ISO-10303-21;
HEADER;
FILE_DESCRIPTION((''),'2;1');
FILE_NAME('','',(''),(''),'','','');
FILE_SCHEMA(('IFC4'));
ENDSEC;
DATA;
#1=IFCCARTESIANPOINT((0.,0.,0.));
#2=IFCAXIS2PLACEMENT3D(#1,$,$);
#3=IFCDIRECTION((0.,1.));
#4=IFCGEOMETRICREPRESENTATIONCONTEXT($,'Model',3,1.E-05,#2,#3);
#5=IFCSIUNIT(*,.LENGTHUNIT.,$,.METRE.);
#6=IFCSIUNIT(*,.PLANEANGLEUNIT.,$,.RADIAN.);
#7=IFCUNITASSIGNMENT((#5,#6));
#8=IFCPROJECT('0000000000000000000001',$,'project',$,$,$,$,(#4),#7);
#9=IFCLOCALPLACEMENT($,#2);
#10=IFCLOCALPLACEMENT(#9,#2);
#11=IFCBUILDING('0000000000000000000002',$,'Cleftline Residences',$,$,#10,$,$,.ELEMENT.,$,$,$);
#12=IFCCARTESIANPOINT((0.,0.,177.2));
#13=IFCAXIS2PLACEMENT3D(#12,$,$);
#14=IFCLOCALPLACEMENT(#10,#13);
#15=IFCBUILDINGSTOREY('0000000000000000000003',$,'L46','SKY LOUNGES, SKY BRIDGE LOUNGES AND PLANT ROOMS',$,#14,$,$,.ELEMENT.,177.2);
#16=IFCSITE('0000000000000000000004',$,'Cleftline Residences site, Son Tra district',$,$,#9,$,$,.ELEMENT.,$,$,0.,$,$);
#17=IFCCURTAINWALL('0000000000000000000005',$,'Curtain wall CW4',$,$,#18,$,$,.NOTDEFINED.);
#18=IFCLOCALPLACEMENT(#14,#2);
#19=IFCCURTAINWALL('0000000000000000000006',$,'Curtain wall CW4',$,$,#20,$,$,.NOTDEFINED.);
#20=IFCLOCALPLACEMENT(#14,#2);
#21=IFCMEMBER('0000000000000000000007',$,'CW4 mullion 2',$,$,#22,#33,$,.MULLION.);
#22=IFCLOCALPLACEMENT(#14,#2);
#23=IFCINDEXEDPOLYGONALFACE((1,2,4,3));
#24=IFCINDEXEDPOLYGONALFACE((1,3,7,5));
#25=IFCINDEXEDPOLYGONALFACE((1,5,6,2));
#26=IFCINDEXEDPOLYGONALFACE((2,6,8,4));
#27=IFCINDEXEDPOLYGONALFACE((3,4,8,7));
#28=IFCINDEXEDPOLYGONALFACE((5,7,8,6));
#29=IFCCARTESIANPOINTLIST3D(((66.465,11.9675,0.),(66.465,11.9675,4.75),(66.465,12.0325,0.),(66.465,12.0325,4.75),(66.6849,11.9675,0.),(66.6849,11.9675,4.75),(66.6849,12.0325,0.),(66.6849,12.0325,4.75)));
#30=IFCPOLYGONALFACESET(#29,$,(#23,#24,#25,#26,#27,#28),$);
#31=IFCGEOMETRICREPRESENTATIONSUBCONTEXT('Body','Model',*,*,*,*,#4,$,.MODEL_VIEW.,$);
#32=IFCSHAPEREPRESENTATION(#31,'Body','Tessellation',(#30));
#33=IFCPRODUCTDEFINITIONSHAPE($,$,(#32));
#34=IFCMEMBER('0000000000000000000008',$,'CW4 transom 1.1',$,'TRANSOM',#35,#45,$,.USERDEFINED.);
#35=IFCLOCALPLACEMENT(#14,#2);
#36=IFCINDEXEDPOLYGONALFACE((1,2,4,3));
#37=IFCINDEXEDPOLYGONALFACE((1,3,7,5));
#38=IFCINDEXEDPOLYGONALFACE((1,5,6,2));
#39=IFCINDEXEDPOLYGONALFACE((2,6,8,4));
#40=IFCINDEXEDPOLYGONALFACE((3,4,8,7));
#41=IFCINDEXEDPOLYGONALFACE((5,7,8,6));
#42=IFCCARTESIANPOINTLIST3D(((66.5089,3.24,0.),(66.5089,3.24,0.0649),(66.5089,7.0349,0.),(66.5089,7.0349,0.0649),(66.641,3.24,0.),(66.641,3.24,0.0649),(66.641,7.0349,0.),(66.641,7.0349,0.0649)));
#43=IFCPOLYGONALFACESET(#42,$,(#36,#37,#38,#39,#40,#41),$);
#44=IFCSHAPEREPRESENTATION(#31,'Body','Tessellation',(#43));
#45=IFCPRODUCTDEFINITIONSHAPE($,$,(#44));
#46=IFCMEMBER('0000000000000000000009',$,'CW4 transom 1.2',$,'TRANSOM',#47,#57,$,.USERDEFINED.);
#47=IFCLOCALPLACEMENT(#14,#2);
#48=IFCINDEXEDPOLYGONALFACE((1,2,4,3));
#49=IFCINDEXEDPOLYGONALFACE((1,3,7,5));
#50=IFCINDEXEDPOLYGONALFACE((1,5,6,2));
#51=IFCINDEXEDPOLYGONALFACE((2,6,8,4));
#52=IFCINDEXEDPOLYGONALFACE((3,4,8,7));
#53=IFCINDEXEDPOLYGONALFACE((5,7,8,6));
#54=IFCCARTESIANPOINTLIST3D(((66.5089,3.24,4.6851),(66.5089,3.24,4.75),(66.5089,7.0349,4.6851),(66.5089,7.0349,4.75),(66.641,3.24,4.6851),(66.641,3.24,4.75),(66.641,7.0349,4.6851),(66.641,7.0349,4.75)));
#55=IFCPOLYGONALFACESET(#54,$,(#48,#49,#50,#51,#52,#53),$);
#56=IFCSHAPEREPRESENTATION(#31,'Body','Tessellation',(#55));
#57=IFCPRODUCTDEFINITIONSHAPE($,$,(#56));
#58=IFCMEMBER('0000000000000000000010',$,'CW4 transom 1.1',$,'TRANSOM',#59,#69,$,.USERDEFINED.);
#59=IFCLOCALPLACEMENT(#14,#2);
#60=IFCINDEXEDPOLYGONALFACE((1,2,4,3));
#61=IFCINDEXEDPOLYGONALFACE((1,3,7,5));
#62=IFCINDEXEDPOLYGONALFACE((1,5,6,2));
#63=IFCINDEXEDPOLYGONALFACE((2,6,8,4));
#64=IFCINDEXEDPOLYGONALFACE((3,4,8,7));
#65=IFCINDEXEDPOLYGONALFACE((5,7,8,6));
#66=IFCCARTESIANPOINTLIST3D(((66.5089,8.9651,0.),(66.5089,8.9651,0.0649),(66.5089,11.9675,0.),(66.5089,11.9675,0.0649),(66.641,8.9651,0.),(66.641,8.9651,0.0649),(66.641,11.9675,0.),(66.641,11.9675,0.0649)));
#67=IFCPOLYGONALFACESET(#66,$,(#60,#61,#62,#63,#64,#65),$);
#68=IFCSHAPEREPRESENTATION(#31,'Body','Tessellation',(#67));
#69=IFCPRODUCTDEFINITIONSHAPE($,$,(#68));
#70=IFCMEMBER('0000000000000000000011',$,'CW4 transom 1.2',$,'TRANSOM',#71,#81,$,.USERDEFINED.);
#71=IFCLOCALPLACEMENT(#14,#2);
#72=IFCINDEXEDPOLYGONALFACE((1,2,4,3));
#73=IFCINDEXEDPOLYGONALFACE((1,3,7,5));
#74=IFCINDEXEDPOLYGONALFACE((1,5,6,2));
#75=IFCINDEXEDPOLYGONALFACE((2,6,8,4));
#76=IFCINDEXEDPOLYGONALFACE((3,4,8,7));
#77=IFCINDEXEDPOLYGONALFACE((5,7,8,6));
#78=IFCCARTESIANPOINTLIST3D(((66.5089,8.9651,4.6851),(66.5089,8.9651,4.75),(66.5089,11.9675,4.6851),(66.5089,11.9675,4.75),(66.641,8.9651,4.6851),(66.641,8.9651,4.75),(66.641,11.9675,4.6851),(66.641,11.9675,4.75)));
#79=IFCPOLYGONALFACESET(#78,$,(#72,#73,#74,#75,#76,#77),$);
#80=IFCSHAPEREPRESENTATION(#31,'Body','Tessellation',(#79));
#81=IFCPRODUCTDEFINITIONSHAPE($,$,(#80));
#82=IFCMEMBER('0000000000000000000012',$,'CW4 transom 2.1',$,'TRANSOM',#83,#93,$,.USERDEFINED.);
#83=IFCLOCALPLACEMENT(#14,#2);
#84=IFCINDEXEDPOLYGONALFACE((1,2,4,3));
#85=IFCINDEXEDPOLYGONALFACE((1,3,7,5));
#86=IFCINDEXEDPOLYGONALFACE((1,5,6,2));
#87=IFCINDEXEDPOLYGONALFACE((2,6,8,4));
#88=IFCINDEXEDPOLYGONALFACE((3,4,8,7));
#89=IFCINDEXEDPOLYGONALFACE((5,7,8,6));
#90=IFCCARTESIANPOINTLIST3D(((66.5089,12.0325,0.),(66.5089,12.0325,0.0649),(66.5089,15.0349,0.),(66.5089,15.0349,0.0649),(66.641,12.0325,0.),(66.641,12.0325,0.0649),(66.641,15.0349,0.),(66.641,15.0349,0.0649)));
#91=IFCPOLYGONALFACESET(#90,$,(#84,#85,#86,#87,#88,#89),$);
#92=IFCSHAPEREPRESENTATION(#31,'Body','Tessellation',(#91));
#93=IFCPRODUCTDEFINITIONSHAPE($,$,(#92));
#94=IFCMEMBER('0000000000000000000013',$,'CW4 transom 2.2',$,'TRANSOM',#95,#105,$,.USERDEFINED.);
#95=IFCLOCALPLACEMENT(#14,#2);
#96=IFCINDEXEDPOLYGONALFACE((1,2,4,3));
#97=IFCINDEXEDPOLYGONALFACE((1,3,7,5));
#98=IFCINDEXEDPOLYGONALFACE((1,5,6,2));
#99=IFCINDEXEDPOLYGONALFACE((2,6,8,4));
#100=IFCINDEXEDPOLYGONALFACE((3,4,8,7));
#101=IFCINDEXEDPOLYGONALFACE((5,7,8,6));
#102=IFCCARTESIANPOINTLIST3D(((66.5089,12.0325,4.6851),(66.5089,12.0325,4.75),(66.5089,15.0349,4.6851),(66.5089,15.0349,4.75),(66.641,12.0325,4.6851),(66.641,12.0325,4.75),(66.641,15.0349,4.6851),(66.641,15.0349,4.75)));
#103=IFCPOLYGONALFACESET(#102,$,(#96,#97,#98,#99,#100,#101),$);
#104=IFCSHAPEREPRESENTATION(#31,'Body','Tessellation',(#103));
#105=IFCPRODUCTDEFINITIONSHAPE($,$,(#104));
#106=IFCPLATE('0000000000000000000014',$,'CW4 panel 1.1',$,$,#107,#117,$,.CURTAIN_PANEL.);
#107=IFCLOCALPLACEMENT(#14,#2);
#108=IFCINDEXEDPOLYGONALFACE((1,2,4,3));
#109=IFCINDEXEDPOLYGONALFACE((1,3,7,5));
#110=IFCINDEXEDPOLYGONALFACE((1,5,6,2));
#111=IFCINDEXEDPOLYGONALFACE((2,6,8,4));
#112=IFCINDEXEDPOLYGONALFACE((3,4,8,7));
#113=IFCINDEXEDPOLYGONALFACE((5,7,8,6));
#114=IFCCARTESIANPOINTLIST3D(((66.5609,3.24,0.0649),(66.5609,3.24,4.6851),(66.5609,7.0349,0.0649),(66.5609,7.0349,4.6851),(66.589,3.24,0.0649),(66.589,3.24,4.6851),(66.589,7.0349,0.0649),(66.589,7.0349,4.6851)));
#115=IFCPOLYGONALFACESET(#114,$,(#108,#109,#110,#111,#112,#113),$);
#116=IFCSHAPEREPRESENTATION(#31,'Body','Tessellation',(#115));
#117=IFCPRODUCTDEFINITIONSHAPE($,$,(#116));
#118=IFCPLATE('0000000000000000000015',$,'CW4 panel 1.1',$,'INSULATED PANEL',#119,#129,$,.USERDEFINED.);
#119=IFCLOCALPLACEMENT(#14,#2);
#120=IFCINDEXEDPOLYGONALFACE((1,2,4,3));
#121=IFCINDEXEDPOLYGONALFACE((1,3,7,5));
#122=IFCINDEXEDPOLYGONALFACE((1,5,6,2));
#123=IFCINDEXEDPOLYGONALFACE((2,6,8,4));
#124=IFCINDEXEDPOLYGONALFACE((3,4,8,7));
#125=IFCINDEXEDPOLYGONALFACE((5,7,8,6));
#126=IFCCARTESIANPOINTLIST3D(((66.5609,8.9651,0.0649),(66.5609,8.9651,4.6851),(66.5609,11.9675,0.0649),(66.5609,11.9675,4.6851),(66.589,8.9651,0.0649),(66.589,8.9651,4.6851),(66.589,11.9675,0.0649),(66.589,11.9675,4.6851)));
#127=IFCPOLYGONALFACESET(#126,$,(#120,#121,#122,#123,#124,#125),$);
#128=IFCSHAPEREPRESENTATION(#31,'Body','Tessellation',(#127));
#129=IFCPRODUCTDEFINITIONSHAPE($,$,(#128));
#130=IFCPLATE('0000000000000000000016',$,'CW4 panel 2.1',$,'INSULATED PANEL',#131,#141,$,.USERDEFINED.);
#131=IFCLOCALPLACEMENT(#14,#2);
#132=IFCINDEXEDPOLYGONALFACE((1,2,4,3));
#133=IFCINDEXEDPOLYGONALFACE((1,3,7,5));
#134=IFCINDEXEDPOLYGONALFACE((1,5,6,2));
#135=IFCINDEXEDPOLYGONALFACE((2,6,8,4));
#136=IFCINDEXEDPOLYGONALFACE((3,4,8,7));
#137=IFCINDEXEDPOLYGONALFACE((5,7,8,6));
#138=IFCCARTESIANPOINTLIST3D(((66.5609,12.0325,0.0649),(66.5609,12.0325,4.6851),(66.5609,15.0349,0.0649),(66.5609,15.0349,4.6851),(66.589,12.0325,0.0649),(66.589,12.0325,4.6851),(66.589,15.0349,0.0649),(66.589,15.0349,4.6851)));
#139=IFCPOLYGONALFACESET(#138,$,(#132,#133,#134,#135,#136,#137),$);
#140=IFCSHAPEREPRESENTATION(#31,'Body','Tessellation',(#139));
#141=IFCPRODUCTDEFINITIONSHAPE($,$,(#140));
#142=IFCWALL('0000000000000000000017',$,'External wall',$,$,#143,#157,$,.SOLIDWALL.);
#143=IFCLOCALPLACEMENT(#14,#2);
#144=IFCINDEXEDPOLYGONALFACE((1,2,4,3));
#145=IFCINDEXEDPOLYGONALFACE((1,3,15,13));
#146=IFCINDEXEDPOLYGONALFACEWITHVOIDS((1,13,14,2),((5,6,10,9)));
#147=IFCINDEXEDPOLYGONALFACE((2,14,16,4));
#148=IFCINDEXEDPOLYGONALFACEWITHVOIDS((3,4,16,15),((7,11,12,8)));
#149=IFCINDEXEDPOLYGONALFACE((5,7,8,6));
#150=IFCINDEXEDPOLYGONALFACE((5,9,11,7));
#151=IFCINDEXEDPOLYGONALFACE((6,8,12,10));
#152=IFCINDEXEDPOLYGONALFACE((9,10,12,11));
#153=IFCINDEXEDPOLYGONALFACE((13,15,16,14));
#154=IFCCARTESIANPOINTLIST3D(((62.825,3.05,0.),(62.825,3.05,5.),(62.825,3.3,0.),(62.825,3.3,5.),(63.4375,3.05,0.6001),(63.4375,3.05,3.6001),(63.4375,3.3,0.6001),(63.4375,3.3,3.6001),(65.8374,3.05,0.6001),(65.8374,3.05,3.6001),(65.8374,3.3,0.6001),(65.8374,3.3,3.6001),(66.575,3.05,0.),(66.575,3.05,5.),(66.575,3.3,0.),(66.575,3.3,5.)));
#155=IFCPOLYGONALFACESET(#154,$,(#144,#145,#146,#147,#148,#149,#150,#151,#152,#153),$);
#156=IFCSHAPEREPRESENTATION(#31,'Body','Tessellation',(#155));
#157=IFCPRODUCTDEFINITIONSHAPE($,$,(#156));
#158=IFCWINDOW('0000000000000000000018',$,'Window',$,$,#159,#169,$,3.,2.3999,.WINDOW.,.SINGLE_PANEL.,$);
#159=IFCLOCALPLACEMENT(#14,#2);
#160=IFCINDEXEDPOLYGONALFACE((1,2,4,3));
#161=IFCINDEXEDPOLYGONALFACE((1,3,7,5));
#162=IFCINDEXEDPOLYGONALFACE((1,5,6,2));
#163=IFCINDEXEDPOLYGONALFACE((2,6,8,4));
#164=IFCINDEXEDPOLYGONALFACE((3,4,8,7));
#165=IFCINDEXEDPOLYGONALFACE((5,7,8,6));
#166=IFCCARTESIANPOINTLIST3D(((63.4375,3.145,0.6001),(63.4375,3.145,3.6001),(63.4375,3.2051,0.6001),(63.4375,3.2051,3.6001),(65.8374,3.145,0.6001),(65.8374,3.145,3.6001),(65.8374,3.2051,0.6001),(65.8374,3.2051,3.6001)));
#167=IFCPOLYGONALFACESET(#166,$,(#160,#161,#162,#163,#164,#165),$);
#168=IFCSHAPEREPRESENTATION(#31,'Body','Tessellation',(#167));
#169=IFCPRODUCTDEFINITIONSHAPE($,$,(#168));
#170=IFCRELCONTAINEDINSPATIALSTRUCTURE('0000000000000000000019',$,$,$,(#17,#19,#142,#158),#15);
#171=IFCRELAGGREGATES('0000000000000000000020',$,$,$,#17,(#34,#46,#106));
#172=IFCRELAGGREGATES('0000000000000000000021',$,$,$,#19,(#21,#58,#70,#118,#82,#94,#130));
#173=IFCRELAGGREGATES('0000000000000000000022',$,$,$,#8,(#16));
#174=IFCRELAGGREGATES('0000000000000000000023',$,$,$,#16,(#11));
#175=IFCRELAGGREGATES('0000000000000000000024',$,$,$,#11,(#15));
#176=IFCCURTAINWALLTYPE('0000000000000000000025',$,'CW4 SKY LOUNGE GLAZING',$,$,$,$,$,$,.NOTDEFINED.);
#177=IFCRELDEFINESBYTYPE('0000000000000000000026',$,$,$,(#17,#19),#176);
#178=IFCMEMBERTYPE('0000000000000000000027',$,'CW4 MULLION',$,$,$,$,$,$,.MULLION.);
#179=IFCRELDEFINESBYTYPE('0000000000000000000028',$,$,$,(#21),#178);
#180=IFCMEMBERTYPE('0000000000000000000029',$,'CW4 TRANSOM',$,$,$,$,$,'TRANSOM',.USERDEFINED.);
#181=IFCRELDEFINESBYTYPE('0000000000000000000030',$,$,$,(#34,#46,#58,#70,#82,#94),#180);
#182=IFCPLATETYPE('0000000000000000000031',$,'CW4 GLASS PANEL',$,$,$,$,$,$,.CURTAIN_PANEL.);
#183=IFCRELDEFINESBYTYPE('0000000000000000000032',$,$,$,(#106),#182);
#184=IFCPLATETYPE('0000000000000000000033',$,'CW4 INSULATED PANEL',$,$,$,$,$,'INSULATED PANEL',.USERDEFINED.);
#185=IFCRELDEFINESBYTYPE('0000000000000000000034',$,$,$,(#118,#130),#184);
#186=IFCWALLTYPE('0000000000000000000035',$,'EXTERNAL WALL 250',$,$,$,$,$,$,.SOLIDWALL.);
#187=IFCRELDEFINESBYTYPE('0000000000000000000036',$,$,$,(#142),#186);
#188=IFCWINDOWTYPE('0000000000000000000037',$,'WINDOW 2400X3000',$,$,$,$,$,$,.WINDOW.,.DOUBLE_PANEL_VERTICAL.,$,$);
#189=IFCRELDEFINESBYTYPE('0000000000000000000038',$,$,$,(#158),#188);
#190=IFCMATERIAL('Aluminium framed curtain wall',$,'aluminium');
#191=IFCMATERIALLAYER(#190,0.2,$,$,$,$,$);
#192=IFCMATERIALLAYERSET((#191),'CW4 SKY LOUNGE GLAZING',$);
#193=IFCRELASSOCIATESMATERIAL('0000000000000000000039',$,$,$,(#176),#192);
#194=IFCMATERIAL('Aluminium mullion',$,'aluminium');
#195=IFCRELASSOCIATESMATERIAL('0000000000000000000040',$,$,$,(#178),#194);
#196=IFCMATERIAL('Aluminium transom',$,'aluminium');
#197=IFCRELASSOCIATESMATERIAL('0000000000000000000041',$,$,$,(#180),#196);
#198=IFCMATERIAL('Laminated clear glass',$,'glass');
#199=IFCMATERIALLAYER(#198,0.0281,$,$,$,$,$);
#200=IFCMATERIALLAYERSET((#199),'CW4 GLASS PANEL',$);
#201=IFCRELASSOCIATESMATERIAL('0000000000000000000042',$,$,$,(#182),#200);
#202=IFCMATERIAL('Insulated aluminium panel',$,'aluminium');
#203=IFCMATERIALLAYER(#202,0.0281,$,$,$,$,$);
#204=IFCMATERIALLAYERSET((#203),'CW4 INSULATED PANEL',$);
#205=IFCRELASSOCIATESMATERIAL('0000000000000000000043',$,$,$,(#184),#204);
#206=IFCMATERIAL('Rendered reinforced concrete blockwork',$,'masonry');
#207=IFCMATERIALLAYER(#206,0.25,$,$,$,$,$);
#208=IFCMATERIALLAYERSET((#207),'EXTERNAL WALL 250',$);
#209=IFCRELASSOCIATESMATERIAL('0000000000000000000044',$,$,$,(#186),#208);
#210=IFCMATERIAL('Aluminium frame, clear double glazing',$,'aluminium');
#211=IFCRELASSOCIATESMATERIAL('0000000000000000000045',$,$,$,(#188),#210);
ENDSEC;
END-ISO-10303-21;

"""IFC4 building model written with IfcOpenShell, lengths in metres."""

from ifc_helpers import new_model, si_unit, direction, frame, frame_2d, origin, origin_2d, place, context, subcontext, project, spatial, rectangle, extrude, material, layer, layer_set, material_profile, profile_set, type_object, element, fill, aggregate, save


model = new_model("IFC4")

# Units and contexts
model_context = context("Model", 3, precision=1e-05, world=origin(), true_north=direction((0.0, 1.0)))
body_context = subcontext(model_context, "Body", "Model", "MODEL_VIEW")
ifc_project = project(units=[si_unit("LENGTHUNIT", "METRE"), si_unit("PLANEANGLEUNIT", "RADIAN")], contexts=[model_context])

# Site, building, storey
site_placement = place(None, origin())
site = spatial("IfcSite", under=ifc_project, at=site_placement, Name="Cleftline Residences site, Son Tra district", CompositionType="ELEMENT", RefElevation=0.0)
building_placement = place(site_placement, origin())
building = spatial("IfcBuilding", under=site, at=building_placement, Name="Cleftline Residences", CompositionType="ELEMENT")
storey_placement = place(building_placement, frame((0.0, 0.0, 177.2)))
storey = spatial("IfcBuildingStorey", under=building, at=storey_placement, Name="L46", Description="SKY LOUNGES, SKY BRIDGE LOUNGES AND PLANT ROOMS", CompositionType="ELEMENT", Elevation=177.2)

# Curtain walls, member
ifc_material_1 = material(Name="Aluminium framed curtain wall", Category="aluminium")
ifc_layer_1 = layer(ifc_material_1, 0.2)
ifc_layer_set_1 = layer_set([ifc_layer_1], Name="CW4 SKY LOUNGE GLAZING")
curtain_wall_type = type_object("IfcCurtainWallType", Name="CW4 SKY LOUNGE GLAZING", PredefinedType="NOTDEFINED", material=ifc_layer_set_1)
curtain_wall_1_placement = place(storey_placement, origin())
curtain_wall_1 = element("IfcCurtainWall", 1, at=curtain_wall_1_placement, inside=storey, type_object=curtain_wall_type, Name="Curtain wall CW4", PredefinedType="NOTDEFINED")
ifc_material_2 = material(Name="Aluminium mullion", Category="aluminium")
ifc_material_profile_1 = material_profile(ifc_material_2, rectangle(XDim=0.22, YDim=0.0649, at=origin_2d()))
ifc_profile_set_1 = profile_set([ifc_material_profile_1], Name="Aluminium mullion")
member_type_1 = type_object("IfcMemberType", Name="CW4 MULLION", PredefinedType="MULLION", material=ifc_profile_set_1)
curtain_wall_2_placement = place(storey_placement, origin())
curtain_wall_2 = element("IfcCurtainWall", 2, at=curtain_wall_2_placement, inside=storey, type_object=curtain_wall_type, Name="Curtain wall CW4", PredefinedType="NOTDEFINED")
member_1_placement = place(storey_placement, frame((66.575, 12.0, 0.0), z_axis=(0.0, 0.0, 1.0), x_axis=(-1.0, 0.0, 0.0)))
member_1 = element("IfcMember", 3, at=member_1_placement, type_object=member_type_1, Name="CW4 mullion 2", PredefinedType="MULLION", context=body_context, shape_type="SweptSolid", body=[
    extrude(rectangle(XDim=0.22, YDim=0.0649, at=origin_2d()), origin(), (0.0, 0.0, 1.0), 4.75),
])

# Members
ifc_material_3 = material(Name="Aluminium transom", Category="aluminium")
ifc_material_profile_2 = material_profile(ifc_material_3, rectangle(XDim=0.1321, YDim=0.0649, at=origin_2d()))
ifc_profile_set_2 = profile_set([ifc_material_profile_2], Name="Aluminium transom")
member_type_2 = type_object("IfcMemberType", Name="CW4 TRANSOM", ElementType="TRANSOM", PredefinedType="USERDEFINED", material=ifc_profile_set_2)
member_2_placement = place(storey_placement, frame((66.575, 3.24, 0.0325), z_axis=(0.0, 1.0, 0.0), x_axis=(-1.0, 0.0, 0.0)))
member_2 = element("IfcMember", 4, at=member_2_placement, type_object=member_type_2, Name="CW4 transom 1.1", ObjectType="TRANSOM", PredefinedType="USERDEFINED", context=body_context, shape_type="SweptSolid", body=[
    extrude(rectangle(XDim=0.1321, YDim=0.0649, at=origin_2d()), origin(), (0.0, 0.0, 1.0), 3.7949),
])
member_3_placement = place(storey_placement, frame((66.575, 3.24, 4.7175), z_axis=(0.0, 1.0, 0.0), x_axis=(-1.0, 0.0, 0.0)))
member_3 = element("IfcMember", 5, at=member_3_placement, type_object=member_type_2, Name="CW4 transom 1.2", ObjectType="TRANSOM", PredefinedType="USERDEFINED", context=body_context, shape_type="SweptSolid", body=[
    extrude(rectangle(XDim=0.1321, YDim=0.0649, at=origin_2d()), origin(), (0.0, 0.0, 1.0), 3.7949),
])
member_4_placement = place(storey_placement, frame((66.575, 8.9651, 0.0325), z_axis=(0.0, 1.0, 0.0), x_axis=(-1.0, 0.0, 0.0)))
member_4 = element("IfcMember", 6, at=member_4_placement, type_object=member_type_2, Name="CW4 transom 1.1", ObjectType="TRANSOM", PredefinedType="USERDEFINED", context=body_context, shape_type="SweptSolid", body=[
    extrude(rectangle(XDim=0.1321, YDim=0.0649, at=origin_2d()), origin(), (0.0, 0.0, 1.0), 3.0024),
])
member_5_placement = place(storey_placement, frame((66.575, 8.9651, 4.7175), z_axis=(0.0, 1.0, 0.0), x_axis=(-1.0, 0.0, 0.0)))
member_5 = element("IfcMember", 7, at=member_5_placement, type_object=member_type_2, Name="CW4 transom 1.2", ObjectType="TRANSOM", PredefinedType="USERDEFINED", context=body_context, shape_type="SweptSolid", body=[
    extrude(rectangle(XDim=0.1321, YDim=0.0649, at=origin_2d()), origin(), (0.0, 0.0, 1.0), 3.0024),
])
member_6_placement = place(storey_placement, frame((66.575, 12.0325, 0.0325), z_axis=(0.0, 1.0, 0.0), x_axis=(-1.0, 0.0, 0.0)))
member_6 = element("IfcMember", 8, at=member_6_placement, type_object=member_type_2, Name="CW4 transom 2.1", ObjectType="TRANSOM", PredefinedType="USERDEFINED", context=body_context, shape_type="SweptSolid", body=[
    extrude(rectangle(XDim=0.1321, YDim=0.0649, at=origin_2d()), origin(), (0.0, 0.0, 1.0), 3.0024),
])
member_7_placement = place(storey_placement, frame((66.575, 12.0325, 4.7175), z_axis=(0.0, 1.0, 0.0), x_axis=(-1.0, 0.0, 0.0)))
member_7 = element("IfcMember", 9, at=member_7_placement, type_object=member_type_2, Name="CW4 transom 2.2", ObjectType="TRANSOM", PredefinedType="USERDEFINED", context=body_context, shape_type="SweptSolid", body=[
    extrude(rectangle(XDim=0.1321, YDim=0.0649, at=origin_2d()), origin(), (0.0, 0.0, 1.0), 3.0024),
])

# Plates
ifc_material_4 = material(Name="Laminated clear glass", Category="glass")
ifc_layer_2 = layer(ifc_material_4, 0.0281)
ifc_layer_set_2 = layer_set([ifc_layer_2], Name="CW4 GLASS PANEL")
plate_type_1 = type_object("IfcPlateType", Name="CW4 GLASS PANEL", PredefinedType="CURTAIN_PANEL", material=ifc_layer_set_2)
plate_1_placement = place(storey_placement, frame((66.575, 5.1375, 0.0649), z_axis=(0.0, 0.0, 1.0), x_axis=(0.0, 1.0, 0.0)))
plate_1 = element("IfcPlate", 10, at=plate_1_placement, type_object=plate_type_1, Name="CW4 panel 1.1", PredefinedType="CURTAIN_PANEL", context=body_context, shape_type="SweptSolid", body=[
    extrude(rectangle(XDim=3.7949, YDim=0.0281, at=origin_2d()), origin(), (0.0, 0.0, 1.0), 4.6201),
])
aggregate(curtain_wall_1, [member_2, member_3, plate_1])
ifc_material_5 = material(Name="Insulated aluminium panel", Category="aluminium")
ifc_layer_3 = layer(ifc_material_5, 0.0281)
ifc_layer_set_3 = layer_set([ifc_layer_3], Name="CW4 INSULATED PANEL")
plate_type_2 = type_object("IfcPlateType", Name="CW4 INSULATED PANEL", ElementType="INSULATED PANEL", PredefinedType="USERDEFINED", material=ifc_layer_set_3)
plate_2_placement = place(storey_placement, frame((66.575, 10.4663, 0.0649), z_axis=(0.0, 0.0, 1.0), x_axis=(0.0, 1.0, 0.0)))
plate_2 = element("IfcPlate", 11, at=plate_2_placement, type_object=plate_type_2, Name="CW4 panel 1.1", ObjectType="INSULATED PANEL", PredefinedType="USERDEFINED", context=body_context, shape_type="SweptSolid", body=[
    extrude(rectangle(XDim=3.0024, YDim=0.0281, at=origin_2d()), origin(), (0.0, 0.0, 1.0), 4.6201),
])
plate_3_placement = place(storey_placement, frame((66.575, 13.5337, 0.0649), z_axis=(0.0, 0.0, 1.0), x_axis=(0.0, 1.0, 0.0)))
plate_3 = element("IfcPlate", 12, at=plate_3_placement, type_object=plate_type_2, Name="CW4 panel 2.1", ObjectType="INSULATED PANEL", PredefinedType="USERDEFINED", context=body_context, shape_type="SweptSolid", body=[
    extrude(rectangle(XDim=3.0024, YDim=0.0281, at=origin_2d()), origin(), (0.0, 0.0, 1.0), 4.6201),
])
aggregate(curtain_wall_2, [member_1, member_4, member_5, plate_2, member_6, member_7, plate_3])

# Wall, opening, window
ifc_material_6 = material(Name="Rendered reinforced concrete blockwork", Category="masonry")
ifc_layer_4 = layer(ifc_material_6, 0.25)
ifc_layer_set_4 = layer_set([ifc_layer_4], Name="EXTERNAL WALL 250")
wall_type = type_object("IfcWallType", Name="EXTERNAL WALL 250", PredefinedType="SOLIDWALL", material=ifc_layer_set_4)
wall_placement = place(storey_placement, frame((62.825, 3.175, 0.0), z_axis=(0.0, 0.0, 1.0), x_axis=(1.0, 0.0, 0.0)))
wall = element("IfcWall", 13, at=wall_placement, inside=storey, type_object=wall_type, Name="External wall", PredefinedType="SOLIDWALL", context=body_context, shape_type="SweptSolid", body=[
    extrude(rectangle(XDim=3.75, YDim=0.25, at=frame_2d((1.875, 0.0))), origin(), (0.0, 0.0, 1.0), 5.0),
])
opening_placement = place(wall_placement, frame((0.6125, 0.0, 0.6001)))
opening = element("IfcOpeningElement", 14, at=opening_placement, cuts=wall, PredefinedType="OPENING", context=body_context, shape_type="SweptSolid", body=[
    extrude(rectangle(XDim=2.3999, YDim=3.0, at=frame_2d((1.2, 1.5))), frame((0.0, 0.135, 0.0), z_axis=(0.0, -1.0, 0.0), x_axis=(1.0, 0.0, 0.0)), (0.0, 0.0, 1.0), 0.27),
])
ifc_material_7 = material(Name="Aluminium frame, clear double glazing", Category="aluminium")
window_type = type_object("IfcWindowType", Name="WINDOW 2400X3000", PartitioningType="DOUBLE_PANEL_VERTICAL", PredefinedType="WINDOW", material=ifc_material_7)
window_placement = place(opening_placement, origin())
window = element("IfcWindow", 15, at=window_placement, inside=storey, type_object=window_type, Name="Window", OverallHeight=3.0, OverallWidth=2.3999, PartitioningType="SINGLE_PANEL", PredefinedType="WINDOW", context=body_context, shape_type="SweptSolid", body=[
    extrude(rectangle(XDim=2.3999, YDim=3.0, at=frame_2d((1.2, 1.5))), frame((0.0, 0.03, 0.0), z_axis=(0.0, -1.0, 0.0), x_axis=(1.0, 0.0, 0.0)), (0.0, 0.0, 1.0), 0.0601),
])
fill(opening, window)

save(model, "model.ifc")
